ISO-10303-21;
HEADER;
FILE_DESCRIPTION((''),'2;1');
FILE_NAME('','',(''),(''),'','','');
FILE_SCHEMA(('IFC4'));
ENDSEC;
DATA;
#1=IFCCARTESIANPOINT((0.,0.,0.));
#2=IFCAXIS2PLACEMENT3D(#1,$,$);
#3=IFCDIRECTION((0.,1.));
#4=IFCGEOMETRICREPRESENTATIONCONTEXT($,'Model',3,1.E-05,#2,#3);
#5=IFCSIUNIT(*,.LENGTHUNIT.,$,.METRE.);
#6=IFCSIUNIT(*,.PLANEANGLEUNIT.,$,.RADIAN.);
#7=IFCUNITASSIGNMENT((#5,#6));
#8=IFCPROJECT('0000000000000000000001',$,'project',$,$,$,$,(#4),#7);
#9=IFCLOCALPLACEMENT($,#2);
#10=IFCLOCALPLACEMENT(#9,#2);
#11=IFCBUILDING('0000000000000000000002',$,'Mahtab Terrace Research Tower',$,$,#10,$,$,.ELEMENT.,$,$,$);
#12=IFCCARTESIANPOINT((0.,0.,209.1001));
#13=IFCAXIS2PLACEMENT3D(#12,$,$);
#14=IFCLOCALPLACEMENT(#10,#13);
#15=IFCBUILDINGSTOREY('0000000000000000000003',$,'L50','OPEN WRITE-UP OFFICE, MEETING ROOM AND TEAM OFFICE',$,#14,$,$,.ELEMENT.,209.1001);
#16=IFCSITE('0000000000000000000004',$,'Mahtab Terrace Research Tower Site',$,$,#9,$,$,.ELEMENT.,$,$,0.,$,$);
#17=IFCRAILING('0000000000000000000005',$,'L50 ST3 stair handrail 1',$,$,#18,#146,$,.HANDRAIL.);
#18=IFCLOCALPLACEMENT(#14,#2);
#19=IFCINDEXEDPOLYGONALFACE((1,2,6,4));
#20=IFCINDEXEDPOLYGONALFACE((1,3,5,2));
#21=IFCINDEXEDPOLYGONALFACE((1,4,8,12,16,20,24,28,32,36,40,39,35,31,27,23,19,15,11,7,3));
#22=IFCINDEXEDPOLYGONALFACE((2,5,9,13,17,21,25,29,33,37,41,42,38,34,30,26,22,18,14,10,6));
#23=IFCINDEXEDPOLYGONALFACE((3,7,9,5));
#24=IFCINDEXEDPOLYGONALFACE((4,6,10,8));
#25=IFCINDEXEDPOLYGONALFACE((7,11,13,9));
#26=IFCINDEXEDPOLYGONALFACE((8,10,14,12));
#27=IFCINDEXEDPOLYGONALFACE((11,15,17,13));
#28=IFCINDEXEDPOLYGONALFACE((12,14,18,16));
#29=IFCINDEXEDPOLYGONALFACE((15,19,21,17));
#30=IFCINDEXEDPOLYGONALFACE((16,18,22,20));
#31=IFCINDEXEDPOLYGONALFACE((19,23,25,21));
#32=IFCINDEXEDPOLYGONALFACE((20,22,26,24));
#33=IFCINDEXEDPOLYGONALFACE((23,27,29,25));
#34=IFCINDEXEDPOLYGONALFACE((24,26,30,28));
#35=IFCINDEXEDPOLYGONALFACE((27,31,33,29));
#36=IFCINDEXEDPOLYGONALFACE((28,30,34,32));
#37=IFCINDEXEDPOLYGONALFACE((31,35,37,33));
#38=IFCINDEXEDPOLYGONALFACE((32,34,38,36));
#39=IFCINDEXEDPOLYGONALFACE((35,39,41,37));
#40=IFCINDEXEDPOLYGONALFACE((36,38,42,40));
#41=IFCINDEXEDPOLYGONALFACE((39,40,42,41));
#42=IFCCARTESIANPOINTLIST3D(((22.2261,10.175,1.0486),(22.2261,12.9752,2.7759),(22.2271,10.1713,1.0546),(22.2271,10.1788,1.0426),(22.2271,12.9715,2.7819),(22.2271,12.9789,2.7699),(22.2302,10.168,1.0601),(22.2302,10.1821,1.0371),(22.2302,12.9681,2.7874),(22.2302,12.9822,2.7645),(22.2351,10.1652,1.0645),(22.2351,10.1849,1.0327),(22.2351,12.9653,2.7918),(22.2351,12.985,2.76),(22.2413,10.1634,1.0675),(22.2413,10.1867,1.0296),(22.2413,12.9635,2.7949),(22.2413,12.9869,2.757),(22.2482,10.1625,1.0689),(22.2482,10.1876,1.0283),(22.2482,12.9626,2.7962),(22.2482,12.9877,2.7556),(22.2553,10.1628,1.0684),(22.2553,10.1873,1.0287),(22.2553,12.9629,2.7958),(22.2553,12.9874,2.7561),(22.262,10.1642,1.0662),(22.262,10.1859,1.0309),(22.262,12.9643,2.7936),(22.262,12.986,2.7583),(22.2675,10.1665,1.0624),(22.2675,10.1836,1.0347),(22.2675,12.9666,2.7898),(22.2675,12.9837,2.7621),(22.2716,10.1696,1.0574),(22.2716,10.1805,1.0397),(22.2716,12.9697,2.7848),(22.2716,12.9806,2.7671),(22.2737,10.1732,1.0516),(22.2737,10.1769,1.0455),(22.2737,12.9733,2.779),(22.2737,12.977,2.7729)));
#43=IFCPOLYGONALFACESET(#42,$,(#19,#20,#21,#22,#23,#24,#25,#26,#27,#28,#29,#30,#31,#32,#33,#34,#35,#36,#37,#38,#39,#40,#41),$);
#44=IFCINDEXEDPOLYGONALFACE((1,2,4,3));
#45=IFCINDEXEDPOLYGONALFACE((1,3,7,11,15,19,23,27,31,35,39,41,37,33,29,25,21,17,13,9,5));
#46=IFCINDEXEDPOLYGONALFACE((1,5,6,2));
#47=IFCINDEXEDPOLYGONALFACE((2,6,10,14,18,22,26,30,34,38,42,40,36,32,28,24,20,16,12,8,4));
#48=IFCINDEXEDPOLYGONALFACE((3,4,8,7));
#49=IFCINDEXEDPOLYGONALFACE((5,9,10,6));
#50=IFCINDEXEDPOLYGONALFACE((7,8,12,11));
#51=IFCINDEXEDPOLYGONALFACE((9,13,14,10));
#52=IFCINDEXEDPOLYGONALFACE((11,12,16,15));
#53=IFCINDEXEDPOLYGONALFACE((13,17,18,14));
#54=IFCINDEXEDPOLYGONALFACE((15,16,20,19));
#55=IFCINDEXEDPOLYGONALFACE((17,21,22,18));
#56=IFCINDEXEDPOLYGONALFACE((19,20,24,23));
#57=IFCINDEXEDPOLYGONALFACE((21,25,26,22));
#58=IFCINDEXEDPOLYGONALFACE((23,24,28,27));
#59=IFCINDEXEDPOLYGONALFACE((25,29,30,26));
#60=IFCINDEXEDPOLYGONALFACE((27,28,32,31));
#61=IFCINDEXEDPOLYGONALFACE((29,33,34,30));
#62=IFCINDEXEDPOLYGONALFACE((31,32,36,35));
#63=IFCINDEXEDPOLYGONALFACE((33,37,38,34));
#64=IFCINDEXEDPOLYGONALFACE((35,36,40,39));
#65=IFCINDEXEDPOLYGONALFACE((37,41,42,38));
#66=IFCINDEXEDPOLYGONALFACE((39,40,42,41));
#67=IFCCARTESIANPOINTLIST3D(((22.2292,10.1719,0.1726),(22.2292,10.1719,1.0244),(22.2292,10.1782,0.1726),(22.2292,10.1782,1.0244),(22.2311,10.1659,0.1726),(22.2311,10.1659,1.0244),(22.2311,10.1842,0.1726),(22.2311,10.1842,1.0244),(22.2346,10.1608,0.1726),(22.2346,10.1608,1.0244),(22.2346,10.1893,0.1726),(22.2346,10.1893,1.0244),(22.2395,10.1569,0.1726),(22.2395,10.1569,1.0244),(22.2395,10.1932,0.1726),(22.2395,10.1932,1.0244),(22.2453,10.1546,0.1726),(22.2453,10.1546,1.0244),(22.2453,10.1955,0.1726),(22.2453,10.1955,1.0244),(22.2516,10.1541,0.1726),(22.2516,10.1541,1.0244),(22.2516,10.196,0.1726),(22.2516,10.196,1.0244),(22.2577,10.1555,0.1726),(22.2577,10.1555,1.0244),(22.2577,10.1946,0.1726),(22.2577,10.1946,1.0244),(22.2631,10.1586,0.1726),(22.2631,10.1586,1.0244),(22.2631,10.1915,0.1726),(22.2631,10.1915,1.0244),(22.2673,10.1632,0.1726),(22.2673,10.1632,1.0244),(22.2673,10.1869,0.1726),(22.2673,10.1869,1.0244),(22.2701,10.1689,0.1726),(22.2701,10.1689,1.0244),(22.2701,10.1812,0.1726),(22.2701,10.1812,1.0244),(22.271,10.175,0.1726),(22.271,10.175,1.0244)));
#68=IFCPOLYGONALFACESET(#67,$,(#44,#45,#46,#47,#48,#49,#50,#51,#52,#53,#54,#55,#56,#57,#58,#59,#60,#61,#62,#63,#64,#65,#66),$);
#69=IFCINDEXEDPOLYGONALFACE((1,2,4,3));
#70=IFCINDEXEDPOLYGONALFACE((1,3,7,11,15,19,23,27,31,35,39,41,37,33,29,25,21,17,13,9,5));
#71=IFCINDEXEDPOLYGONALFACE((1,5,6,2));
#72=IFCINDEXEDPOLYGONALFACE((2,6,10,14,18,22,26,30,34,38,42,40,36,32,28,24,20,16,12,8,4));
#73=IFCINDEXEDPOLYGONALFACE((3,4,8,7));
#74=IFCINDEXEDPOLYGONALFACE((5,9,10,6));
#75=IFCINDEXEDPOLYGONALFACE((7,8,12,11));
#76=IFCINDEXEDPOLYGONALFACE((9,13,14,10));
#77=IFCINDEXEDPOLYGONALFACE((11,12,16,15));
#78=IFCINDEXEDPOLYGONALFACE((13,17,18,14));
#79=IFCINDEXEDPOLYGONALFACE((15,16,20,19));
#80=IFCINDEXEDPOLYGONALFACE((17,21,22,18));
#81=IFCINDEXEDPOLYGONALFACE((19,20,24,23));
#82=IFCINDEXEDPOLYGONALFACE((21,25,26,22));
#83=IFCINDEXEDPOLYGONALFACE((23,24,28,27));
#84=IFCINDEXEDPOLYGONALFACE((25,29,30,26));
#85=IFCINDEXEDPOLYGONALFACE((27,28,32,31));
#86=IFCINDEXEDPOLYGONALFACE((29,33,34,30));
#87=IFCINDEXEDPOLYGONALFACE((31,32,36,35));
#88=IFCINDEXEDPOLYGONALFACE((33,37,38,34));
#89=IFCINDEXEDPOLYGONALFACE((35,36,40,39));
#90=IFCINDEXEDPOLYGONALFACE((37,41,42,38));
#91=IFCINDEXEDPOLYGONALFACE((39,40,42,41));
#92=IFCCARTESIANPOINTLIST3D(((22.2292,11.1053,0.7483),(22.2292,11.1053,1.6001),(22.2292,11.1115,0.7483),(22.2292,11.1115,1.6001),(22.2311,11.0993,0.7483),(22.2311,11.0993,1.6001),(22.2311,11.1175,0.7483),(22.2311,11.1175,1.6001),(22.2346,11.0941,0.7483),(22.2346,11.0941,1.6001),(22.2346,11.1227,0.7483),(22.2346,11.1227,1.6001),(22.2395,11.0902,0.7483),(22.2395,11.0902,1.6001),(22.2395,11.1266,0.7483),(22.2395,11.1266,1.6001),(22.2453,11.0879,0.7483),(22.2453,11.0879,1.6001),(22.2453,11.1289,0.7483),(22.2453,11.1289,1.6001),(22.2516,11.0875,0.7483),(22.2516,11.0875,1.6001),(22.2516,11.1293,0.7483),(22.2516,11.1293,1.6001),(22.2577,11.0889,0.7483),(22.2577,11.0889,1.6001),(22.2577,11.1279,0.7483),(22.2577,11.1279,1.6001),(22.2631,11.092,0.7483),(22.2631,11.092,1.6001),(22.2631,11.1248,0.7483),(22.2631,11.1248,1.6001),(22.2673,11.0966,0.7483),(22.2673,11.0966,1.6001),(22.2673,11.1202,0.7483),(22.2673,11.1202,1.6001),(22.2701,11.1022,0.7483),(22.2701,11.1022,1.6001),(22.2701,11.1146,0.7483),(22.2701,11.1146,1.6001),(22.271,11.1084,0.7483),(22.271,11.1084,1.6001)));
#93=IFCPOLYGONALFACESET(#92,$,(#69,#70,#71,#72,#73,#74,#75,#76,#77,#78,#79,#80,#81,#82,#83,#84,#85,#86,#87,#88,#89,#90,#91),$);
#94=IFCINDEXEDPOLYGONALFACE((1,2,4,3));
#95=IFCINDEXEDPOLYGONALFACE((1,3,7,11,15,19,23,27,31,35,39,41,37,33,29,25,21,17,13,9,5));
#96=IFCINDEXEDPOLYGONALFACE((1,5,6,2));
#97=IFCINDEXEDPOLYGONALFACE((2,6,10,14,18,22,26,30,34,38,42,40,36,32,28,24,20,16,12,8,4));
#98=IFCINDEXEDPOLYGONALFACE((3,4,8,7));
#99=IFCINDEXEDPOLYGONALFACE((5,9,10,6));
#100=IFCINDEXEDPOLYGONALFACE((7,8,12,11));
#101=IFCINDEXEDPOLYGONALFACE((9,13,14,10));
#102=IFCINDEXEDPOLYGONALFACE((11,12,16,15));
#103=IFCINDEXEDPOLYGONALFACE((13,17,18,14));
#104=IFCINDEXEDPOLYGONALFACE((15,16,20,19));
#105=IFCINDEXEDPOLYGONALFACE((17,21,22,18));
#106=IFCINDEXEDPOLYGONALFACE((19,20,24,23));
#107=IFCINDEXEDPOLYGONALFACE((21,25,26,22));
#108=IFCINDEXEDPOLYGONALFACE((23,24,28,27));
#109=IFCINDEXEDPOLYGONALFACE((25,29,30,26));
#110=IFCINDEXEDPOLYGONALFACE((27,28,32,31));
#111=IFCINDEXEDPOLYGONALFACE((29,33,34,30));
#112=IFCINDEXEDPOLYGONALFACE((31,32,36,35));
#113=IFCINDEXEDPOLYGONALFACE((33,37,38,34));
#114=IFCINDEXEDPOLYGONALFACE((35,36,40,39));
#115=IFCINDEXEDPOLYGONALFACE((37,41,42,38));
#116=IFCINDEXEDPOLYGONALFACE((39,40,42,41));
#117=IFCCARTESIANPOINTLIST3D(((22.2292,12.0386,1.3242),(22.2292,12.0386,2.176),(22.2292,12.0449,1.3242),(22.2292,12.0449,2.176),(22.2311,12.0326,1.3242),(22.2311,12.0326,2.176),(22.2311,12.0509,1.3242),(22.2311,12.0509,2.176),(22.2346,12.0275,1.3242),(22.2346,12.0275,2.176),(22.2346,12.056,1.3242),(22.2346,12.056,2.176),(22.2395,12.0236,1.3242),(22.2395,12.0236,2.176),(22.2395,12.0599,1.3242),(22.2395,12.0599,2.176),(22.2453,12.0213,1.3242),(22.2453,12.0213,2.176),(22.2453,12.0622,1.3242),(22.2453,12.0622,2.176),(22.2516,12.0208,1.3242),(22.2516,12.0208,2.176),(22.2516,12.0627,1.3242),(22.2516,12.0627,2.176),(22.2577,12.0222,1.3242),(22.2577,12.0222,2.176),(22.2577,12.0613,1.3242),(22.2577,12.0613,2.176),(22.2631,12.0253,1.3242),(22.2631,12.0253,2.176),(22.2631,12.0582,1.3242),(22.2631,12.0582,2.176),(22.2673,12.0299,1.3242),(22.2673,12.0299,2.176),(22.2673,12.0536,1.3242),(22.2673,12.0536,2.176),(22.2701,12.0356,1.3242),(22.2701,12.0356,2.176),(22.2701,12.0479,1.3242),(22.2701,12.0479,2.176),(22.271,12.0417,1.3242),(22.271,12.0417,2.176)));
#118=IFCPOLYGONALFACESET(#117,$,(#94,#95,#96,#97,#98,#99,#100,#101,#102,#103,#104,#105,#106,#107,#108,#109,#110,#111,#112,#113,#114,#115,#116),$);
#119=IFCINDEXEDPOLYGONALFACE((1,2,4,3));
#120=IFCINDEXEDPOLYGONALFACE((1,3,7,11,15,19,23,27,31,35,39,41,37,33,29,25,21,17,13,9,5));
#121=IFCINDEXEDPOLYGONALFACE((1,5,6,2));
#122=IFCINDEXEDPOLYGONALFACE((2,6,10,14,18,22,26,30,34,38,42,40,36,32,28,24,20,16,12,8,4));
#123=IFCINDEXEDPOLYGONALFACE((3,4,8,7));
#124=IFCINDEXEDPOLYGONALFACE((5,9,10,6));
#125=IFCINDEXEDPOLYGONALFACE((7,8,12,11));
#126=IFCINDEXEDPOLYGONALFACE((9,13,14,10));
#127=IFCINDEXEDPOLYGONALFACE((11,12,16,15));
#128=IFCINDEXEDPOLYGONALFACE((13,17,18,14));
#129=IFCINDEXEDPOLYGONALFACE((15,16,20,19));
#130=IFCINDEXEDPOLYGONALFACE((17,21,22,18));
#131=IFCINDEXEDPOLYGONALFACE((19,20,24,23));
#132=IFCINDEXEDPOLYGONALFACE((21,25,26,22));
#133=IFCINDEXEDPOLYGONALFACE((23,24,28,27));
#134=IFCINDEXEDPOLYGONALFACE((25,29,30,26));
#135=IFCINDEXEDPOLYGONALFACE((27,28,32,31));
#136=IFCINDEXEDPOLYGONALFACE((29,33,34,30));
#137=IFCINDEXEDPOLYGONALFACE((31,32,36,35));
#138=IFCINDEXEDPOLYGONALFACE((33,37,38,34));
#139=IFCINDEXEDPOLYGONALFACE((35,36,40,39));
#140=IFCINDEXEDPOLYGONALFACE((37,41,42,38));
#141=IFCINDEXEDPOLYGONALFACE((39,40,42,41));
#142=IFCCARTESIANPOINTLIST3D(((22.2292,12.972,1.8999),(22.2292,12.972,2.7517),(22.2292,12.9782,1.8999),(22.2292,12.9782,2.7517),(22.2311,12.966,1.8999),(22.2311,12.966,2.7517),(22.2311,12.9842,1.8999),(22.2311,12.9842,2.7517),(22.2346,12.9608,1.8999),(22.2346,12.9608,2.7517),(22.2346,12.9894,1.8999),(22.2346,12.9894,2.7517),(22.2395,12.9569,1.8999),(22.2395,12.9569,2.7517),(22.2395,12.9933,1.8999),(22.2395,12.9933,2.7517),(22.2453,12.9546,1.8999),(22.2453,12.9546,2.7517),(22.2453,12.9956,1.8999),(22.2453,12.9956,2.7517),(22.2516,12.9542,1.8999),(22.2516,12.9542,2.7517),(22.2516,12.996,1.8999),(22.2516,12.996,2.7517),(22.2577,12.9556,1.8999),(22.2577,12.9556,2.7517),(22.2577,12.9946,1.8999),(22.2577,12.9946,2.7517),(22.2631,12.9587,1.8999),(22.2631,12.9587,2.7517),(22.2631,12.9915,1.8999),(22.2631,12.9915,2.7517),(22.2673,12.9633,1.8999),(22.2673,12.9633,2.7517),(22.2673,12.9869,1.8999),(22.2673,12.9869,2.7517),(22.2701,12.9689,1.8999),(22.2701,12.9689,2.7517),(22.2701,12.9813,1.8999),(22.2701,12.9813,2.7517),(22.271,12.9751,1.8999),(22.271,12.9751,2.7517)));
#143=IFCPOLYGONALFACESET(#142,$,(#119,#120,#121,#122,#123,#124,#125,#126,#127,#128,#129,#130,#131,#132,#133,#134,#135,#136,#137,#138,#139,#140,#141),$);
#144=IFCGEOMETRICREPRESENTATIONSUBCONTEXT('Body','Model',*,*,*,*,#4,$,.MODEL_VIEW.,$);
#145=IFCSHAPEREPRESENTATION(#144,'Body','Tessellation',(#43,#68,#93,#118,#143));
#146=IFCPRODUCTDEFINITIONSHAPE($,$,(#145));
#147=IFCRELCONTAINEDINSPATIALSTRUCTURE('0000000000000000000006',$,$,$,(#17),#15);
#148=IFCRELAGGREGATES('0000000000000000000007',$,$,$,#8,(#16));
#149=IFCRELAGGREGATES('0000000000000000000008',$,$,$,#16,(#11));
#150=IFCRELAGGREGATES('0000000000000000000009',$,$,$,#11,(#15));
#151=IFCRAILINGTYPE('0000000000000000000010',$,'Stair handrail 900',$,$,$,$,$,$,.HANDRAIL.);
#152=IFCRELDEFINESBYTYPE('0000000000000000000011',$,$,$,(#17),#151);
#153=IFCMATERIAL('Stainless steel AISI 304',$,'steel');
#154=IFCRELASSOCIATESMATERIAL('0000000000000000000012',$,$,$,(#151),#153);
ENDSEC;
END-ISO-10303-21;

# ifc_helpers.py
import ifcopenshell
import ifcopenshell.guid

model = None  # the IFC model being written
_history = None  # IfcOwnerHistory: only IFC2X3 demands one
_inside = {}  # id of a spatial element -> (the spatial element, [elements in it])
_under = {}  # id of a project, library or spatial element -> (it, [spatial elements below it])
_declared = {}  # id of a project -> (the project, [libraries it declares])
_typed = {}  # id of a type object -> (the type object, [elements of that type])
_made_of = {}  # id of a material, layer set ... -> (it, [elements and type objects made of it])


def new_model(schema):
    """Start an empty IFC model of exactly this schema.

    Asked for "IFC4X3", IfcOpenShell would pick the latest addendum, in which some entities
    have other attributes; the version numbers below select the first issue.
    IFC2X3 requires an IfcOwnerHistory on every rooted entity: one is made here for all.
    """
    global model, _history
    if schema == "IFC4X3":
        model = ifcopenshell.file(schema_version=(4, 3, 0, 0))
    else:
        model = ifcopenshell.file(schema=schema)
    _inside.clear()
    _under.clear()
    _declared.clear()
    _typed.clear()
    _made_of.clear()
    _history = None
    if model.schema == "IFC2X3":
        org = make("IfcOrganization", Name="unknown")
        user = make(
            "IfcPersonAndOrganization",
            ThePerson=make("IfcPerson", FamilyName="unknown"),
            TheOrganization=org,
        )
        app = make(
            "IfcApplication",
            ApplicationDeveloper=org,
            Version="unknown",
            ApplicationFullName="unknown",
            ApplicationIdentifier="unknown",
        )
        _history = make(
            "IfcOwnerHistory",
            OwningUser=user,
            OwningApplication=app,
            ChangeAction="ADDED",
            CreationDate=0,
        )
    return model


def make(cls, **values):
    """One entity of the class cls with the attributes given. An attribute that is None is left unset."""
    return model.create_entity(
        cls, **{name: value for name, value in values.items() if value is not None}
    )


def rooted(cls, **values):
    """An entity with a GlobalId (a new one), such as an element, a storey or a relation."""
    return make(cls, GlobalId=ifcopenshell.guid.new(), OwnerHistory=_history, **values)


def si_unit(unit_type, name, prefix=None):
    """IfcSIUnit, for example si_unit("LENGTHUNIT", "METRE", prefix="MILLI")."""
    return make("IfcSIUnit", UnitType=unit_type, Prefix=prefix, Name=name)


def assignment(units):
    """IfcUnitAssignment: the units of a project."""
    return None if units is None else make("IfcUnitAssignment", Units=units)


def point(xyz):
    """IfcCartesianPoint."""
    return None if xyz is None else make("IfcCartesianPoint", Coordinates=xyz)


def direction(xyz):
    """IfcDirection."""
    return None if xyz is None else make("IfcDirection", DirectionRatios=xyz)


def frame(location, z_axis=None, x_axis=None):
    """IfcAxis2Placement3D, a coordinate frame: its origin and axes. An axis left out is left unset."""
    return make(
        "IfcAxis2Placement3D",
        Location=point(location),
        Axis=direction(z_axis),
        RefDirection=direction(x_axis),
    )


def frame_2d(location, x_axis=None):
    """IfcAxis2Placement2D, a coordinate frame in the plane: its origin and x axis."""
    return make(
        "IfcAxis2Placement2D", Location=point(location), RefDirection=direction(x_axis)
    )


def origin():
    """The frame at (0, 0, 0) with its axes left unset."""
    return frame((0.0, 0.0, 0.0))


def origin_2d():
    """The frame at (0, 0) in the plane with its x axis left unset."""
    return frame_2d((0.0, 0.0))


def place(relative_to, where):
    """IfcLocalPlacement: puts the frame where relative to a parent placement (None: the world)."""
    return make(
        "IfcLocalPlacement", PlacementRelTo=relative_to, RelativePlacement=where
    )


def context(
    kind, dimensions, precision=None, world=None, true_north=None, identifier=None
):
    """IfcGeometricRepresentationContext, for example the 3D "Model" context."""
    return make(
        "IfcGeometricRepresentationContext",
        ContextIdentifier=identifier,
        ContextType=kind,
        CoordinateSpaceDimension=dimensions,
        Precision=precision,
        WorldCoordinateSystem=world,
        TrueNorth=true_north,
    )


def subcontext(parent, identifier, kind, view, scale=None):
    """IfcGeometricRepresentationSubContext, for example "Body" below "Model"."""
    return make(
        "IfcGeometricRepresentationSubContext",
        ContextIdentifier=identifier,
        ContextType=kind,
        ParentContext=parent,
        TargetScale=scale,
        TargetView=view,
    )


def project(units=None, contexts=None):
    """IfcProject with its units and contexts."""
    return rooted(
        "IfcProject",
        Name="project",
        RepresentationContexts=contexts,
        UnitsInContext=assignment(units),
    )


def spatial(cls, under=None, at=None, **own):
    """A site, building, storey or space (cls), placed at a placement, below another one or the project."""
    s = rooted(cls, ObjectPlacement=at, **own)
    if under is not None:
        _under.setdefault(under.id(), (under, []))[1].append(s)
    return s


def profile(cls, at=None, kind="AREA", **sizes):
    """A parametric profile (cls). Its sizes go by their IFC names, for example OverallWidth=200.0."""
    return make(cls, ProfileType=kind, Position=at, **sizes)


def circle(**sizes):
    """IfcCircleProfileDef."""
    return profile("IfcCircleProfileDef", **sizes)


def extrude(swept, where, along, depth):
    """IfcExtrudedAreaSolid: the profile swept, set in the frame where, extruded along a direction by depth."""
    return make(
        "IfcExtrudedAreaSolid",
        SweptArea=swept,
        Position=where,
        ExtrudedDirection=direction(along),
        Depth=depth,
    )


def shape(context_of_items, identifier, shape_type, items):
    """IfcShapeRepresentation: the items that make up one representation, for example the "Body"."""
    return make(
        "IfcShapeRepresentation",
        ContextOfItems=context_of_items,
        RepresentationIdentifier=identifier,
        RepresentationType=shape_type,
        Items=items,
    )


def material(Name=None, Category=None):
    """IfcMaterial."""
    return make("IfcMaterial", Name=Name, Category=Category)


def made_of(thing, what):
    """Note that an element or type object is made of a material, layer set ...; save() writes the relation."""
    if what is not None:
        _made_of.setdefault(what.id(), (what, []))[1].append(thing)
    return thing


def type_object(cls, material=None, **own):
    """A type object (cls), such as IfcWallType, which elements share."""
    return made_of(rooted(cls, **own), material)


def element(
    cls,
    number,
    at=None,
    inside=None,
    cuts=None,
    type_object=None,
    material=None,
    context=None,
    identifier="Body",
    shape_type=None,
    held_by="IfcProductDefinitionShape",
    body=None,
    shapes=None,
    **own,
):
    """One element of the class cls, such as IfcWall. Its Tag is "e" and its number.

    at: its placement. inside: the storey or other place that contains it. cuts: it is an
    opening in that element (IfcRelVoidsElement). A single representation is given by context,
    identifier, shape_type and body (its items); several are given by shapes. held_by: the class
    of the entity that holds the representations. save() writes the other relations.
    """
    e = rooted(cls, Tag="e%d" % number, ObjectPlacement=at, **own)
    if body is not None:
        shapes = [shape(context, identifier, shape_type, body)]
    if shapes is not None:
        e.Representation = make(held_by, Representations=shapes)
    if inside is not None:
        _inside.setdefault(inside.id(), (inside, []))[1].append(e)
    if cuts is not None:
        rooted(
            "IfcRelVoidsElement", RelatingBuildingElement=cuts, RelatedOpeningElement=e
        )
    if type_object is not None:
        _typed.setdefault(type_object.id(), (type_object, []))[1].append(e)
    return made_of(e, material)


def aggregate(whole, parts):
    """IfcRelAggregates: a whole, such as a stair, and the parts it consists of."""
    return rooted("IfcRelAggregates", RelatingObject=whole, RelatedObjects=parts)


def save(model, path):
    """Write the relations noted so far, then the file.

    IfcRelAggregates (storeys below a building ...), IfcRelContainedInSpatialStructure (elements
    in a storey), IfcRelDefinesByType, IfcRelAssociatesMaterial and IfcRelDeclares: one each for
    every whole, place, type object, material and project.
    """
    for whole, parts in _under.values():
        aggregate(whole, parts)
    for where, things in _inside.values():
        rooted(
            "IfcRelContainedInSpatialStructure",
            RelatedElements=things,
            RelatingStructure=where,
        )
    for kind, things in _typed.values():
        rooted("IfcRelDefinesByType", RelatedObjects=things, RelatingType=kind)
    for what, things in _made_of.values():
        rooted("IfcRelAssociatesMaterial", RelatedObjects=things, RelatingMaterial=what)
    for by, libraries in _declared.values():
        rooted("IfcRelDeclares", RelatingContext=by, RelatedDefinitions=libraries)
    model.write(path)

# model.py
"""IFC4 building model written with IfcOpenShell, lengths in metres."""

from ifc_helpers import new_model, si_unit, direction, frame, origin, origin_2d, place, context, subcontext, project, spatial, circle, extrude, material, type_object, element, save


model = new_model("IFC4")

# Units and contexts
model_context = context("Model", 3, precision=1e-05, world=origin(), true_north=direction((0.0, 1.0)))
body_context = subcontext(model_context, "Body", "Model", "MODEL_VIEW")
ifc_project = project(units=[si_unit("LENGTHUNIT", "METRE"), si_unit("PLANEANGLEUNIT", "RADIAN")], contexts=[model_context])

# Site, building, storey
site_placement = place(None, origin())
site = spatial("IfcSite", under=ifc_project, at=site_placement, Name="Mahtab Terrace Research Tower Site", CompositionType="ELEMENT", RefElevation=0.0)
building_placement = place(site_placement, origin())
building = spatial("IfcBuilding", under=site, at=building_placement, Name="Mahtab Terrace Research Tower", CompositionType="ELEMENT")
storey_placement = place(building_placement, frame((0.0, 0.0, 209.1001)))
storey = spatial("IfcBuildingStorey", under=building, at=storey_placement, Name="L50", Description="OPEN WRITE-UP OFFICE, MEETING ROOM AND TEAM OFFICE", CompositionType="ELEMENT", Elevation=209.1001)

# Shared definitions
ifc_material_1 = material(Name="Stainless steel AISI 304", Category="steel")

# Railing
railing_type_1 = type_object("IfcRailingType", Name="Stair handrail 900", PredefinedType="HANDRAIL", material=ifc_material_1)
railing_1_placement = place(storey_placement, frame((22.25, 10.175, 0.1726)))
element("IfcRailing", 1, at=railing_1_placement, inside=storey, type_object=railing_type_1, Name="L50 ST3 stair handrail 1", PredefinedType="HANDRAIL", context=body_context, shape_type="SweptSolid", body=[
    extrude(circle(Radius=0.0239, at=origin_2d()), frame((0.0, 0.0, 0.876), z_axis=(0.0, 0.85109, 0.52502), x_axis=(-1.0, 0.0, 0.0)), (0.0, 0.0, 1.0), 3.29),
    extrude(circle(Radius=0.021, at=origin_2d()), origin(), (0.0, 0.0, 1.0), 0.8518),
    extrude(circle(Radius=0.021, at=origin_2d()), frame((0.0, 0.9333, 0.5757)), (0.0, 0.0, 1.0), 0.8518),
    extrude(circle(Radius=0.021, at=origin_2d()), frame((0.0, 1.8667, 1.1516)), (0.0, 0.0, 1.0), 0.8518),
    extrude(circle(Radius=0.021, at=origin_2d()), frame((0.0, 2.8, 1.7273)), (0.0, 0.0, 1.0), 0.8518),
])

save(model, "model.ifc")
